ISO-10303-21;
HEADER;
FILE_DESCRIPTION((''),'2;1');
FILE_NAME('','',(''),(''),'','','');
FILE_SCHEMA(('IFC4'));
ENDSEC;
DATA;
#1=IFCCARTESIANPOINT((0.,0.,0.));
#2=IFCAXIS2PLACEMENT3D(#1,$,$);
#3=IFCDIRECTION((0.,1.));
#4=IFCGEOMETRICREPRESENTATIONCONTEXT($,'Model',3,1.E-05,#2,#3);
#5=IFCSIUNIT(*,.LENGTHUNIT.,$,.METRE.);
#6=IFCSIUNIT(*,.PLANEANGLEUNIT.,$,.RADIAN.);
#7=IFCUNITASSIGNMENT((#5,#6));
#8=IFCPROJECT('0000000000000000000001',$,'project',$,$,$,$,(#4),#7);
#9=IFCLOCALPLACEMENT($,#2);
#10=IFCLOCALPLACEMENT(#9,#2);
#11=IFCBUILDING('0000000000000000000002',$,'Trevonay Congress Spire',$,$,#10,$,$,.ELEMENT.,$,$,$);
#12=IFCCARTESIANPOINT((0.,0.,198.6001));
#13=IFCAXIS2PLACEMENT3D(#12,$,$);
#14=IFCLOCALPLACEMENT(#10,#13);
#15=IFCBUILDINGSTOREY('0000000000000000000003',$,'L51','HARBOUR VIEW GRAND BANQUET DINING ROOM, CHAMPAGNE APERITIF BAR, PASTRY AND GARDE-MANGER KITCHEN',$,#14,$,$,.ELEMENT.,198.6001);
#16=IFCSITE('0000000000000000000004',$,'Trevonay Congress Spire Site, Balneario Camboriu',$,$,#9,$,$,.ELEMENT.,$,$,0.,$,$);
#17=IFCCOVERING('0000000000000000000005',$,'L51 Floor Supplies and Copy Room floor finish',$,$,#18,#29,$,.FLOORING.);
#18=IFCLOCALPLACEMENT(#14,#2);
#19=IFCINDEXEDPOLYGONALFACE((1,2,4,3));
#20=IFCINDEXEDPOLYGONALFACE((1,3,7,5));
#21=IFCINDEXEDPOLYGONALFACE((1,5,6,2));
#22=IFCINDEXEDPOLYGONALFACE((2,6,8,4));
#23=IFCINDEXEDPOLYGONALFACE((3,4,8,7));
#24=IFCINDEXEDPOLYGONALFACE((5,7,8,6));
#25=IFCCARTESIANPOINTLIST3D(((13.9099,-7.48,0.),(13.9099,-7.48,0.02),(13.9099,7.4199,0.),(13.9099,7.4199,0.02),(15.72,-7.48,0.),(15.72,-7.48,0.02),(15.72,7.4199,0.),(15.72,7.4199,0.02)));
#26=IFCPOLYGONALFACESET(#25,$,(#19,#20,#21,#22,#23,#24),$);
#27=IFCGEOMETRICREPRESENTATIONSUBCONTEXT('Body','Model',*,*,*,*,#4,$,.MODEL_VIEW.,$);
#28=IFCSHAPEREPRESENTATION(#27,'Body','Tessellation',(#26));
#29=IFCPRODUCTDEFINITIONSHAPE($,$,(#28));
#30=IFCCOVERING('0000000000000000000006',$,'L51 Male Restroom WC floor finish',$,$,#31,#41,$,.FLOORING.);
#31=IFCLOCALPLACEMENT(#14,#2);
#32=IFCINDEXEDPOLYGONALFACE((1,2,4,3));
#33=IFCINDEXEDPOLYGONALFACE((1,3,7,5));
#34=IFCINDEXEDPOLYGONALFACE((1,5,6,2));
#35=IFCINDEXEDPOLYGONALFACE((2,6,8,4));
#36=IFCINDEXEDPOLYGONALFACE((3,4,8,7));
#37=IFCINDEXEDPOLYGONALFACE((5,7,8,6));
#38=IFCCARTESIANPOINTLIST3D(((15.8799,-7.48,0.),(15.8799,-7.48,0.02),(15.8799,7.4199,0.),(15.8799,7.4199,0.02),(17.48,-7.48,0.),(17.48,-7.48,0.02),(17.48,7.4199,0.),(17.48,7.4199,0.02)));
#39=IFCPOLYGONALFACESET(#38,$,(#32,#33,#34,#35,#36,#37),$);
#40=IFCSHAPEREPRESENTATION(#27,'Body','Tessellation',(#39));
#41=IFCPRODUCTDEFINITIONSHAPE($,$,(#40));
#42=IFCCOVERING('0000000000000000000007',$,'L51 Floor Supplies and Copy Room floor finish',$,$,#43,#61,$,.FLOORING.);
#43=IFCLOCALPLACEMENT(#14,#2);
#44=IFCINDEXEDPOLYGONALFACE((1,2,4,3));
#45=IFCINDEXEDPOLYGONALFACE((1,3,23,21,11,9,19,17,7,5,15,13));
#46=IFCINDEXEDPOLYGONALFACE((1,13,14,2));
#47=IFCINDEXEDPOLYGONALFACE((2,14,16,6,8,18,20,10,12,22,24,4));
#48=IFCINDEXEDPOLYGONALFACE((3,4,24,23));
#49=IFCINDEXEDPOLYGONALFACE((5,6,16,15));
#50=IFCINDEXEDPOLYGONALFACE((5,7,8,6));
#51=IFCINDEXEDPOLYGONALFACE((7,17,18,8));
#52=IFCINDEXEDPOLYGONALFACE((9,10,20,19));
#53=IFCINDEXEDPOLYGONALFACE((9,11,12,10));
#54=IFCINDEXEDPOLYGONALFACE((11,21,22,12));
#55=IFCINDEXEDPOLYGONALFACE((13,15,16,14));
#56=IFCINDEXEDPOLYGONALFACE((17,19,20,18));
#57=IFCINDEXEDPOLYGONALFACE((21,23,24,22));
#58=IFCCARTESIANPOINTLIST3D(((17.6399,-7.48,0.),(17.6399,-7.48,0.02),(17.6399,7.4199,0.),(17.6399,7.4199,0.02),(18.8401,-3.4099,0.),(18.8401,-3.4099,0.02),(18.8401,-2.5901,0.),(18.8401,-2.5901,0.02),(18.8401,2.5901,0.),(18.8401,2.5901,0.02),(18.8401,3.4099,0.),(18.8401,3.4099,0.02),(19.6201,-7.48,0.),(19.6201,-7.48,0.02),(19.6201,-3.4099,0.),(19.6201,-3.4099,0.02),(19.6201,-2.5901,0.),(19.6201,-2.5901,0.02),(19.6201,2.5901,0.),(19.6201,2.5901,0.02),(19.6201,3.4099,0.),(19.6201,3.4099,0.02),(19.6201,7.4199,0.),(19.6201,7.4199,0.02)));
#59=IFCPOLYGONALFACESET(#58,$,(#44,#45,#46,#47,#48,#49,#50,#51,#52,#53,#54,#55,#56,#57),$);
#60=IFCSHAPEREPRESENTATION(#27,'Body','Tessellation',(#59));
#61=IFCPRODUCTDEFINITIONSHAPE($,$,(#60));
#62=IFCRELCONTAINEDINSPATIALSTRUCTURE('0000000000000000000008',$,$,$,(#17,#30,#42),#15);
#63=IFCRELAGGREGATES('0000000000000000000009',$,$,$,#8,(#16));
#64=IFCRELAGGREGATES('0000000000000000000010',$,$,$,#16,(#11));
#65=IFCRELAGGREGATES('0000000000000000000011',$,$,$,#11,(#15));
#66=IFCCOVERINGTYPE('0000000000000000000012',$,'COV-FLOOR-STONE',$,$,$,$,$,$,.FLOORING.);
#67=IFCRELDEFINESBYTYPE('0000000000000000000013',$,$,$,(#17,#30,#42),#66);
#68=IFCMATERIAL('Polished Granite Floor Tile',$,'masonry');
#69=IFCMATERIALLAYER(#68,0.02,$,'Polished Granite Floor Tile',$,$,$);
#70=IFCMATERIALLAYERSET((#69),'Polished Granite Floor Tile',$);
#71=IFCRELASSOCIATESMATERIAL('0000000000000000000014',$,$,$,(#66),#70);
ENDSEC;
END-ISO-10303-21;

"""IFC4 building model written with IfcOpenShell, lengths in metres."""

from ifc_helpers import new_model, si_unit, direction, frame, origin, place, context, subcontext, project, spatial, polyline, outline, extrude, material, layer, layer_set, type_object, element, save


model = new_model("IFC4")

# Units and contexts
model_context = context("Model", 3, precision=1e-05, world=origin(), true_north=direction((0.0, 1.0)))
body_context = subcontext(model_context, "Body", "Model", "MODEL_VIEW")
ifc_project = project(units=[si_unit("LENGTHUNIT", "METRE"), si_unit("PLANEANGLEUNIT", "RADIAN")], contexts=[model_context])

# Site, building, storey
site_placement = place(None, origin())
site = spatial("IfcSite", under=ifc_project, at=site_placement, Name="Trevonay Congress Spire Site, Balneario Camboriu", CompositionType="ELEMENT", RefElevation=0.0)
building_placement = place(site_placement, origin())
building = spatial("IfcBuilding", under=site, at=building_placement, Name="Trevonay Congress Spire", CompositionType="ELEMENT")
storey_placement = place(building_placement, frame((0.0, 0.0, 198.6001)))
storey = spatial("IfcBuildingStorey", under=building, at=storey_placement, Name="L51", Description="HARBOUR VIEW GRAND BANQUET DINING ROOM, CHAMPAGNE APERITIF BAR, PASTRY AND GARDE-MANGER KITCHEN", CompositionType="ELEMENT", Elevation=198.6001)

# Coverings
ifc_material_1 = material(Name="Polished Granite Floor Tile", Category="masonry")
ifc_layer_1 = layer(ifc_material_1, 0.02, Name="Polished Granite Floor Tile")
ifc_layer_set_1 = layer_set([ifc_layer_1], Name="Polished Granite Floor Tile")
covering_type_1 = type_object("IfcCoveringType", Name="COV-FLOOR-STONE", PredefinedType="FLOORING", material=ifc_layer_set_1)
covering_1_placement = place(storey_placement, origin())
element("IfcCovering", 1, at=covering_1_placement, inside=storey, type_object=covering_type_1, Name="L51 Floor Supplies and Copy Room floor finish", PredefinedType="FLOORING", context=body_context, shape_type="SweptSolid", body=[
    extrude(outline(polyline([(13.9099, -7.48), (15.72, -7.48), (15.72, 7.4199), (13.9099, 7.4199), (13.9099, -7.48)])), origin(), (0.0, 0.0, 1.0), 0.02),
])
covering_2_placement = place(storey_placement, origin())
element("IfcCovering", 2, at=covering_2_placement, inside=storey, type_object=covering_type_1, Name="L51 Male Restroom WC floor finish", PredefinedType="FLOORING", context=body_context, shape_type="SweptSolid", body=[
    extrude(outline(polyline([(15.8799, -7.48), (17.48, -7.48), (17.48, 7.4199), (15.8799, 7.4199), (15.8799, -7.48)])), origin(), (0.0, 0.0, 1.0), 0.02),
])
covering_3_placement = place(storey_placement, origin())
element("IfcCovering", 3, at=covering_3_placement, inside=storey, type_object=covering_type_1, Name="L51 Floor Supplies and Copy Room floor finish", PredefinedType="FLOORING", context=body_context, shape_type="SweptSolid", body=[
    extrude(outline(polyline([(19.6201, -7.48), (17.6399, -7.48), (17.6399, 7.4199), (19.6201, 7.4199), (19.6201, 3.4099), (18.8401, 3.4099), (18.8401, 2.5901), (19.6201, 2.5901), (19.6201, -2.5901), (18.8401, -2.5901), (18.8401, -3.4099), (19.6201, -3.4099), (19.6201, -7.48)])), origin(), (0.0, 0.0, 1.0), 0.02),
])

save(model, "model.ifc")
